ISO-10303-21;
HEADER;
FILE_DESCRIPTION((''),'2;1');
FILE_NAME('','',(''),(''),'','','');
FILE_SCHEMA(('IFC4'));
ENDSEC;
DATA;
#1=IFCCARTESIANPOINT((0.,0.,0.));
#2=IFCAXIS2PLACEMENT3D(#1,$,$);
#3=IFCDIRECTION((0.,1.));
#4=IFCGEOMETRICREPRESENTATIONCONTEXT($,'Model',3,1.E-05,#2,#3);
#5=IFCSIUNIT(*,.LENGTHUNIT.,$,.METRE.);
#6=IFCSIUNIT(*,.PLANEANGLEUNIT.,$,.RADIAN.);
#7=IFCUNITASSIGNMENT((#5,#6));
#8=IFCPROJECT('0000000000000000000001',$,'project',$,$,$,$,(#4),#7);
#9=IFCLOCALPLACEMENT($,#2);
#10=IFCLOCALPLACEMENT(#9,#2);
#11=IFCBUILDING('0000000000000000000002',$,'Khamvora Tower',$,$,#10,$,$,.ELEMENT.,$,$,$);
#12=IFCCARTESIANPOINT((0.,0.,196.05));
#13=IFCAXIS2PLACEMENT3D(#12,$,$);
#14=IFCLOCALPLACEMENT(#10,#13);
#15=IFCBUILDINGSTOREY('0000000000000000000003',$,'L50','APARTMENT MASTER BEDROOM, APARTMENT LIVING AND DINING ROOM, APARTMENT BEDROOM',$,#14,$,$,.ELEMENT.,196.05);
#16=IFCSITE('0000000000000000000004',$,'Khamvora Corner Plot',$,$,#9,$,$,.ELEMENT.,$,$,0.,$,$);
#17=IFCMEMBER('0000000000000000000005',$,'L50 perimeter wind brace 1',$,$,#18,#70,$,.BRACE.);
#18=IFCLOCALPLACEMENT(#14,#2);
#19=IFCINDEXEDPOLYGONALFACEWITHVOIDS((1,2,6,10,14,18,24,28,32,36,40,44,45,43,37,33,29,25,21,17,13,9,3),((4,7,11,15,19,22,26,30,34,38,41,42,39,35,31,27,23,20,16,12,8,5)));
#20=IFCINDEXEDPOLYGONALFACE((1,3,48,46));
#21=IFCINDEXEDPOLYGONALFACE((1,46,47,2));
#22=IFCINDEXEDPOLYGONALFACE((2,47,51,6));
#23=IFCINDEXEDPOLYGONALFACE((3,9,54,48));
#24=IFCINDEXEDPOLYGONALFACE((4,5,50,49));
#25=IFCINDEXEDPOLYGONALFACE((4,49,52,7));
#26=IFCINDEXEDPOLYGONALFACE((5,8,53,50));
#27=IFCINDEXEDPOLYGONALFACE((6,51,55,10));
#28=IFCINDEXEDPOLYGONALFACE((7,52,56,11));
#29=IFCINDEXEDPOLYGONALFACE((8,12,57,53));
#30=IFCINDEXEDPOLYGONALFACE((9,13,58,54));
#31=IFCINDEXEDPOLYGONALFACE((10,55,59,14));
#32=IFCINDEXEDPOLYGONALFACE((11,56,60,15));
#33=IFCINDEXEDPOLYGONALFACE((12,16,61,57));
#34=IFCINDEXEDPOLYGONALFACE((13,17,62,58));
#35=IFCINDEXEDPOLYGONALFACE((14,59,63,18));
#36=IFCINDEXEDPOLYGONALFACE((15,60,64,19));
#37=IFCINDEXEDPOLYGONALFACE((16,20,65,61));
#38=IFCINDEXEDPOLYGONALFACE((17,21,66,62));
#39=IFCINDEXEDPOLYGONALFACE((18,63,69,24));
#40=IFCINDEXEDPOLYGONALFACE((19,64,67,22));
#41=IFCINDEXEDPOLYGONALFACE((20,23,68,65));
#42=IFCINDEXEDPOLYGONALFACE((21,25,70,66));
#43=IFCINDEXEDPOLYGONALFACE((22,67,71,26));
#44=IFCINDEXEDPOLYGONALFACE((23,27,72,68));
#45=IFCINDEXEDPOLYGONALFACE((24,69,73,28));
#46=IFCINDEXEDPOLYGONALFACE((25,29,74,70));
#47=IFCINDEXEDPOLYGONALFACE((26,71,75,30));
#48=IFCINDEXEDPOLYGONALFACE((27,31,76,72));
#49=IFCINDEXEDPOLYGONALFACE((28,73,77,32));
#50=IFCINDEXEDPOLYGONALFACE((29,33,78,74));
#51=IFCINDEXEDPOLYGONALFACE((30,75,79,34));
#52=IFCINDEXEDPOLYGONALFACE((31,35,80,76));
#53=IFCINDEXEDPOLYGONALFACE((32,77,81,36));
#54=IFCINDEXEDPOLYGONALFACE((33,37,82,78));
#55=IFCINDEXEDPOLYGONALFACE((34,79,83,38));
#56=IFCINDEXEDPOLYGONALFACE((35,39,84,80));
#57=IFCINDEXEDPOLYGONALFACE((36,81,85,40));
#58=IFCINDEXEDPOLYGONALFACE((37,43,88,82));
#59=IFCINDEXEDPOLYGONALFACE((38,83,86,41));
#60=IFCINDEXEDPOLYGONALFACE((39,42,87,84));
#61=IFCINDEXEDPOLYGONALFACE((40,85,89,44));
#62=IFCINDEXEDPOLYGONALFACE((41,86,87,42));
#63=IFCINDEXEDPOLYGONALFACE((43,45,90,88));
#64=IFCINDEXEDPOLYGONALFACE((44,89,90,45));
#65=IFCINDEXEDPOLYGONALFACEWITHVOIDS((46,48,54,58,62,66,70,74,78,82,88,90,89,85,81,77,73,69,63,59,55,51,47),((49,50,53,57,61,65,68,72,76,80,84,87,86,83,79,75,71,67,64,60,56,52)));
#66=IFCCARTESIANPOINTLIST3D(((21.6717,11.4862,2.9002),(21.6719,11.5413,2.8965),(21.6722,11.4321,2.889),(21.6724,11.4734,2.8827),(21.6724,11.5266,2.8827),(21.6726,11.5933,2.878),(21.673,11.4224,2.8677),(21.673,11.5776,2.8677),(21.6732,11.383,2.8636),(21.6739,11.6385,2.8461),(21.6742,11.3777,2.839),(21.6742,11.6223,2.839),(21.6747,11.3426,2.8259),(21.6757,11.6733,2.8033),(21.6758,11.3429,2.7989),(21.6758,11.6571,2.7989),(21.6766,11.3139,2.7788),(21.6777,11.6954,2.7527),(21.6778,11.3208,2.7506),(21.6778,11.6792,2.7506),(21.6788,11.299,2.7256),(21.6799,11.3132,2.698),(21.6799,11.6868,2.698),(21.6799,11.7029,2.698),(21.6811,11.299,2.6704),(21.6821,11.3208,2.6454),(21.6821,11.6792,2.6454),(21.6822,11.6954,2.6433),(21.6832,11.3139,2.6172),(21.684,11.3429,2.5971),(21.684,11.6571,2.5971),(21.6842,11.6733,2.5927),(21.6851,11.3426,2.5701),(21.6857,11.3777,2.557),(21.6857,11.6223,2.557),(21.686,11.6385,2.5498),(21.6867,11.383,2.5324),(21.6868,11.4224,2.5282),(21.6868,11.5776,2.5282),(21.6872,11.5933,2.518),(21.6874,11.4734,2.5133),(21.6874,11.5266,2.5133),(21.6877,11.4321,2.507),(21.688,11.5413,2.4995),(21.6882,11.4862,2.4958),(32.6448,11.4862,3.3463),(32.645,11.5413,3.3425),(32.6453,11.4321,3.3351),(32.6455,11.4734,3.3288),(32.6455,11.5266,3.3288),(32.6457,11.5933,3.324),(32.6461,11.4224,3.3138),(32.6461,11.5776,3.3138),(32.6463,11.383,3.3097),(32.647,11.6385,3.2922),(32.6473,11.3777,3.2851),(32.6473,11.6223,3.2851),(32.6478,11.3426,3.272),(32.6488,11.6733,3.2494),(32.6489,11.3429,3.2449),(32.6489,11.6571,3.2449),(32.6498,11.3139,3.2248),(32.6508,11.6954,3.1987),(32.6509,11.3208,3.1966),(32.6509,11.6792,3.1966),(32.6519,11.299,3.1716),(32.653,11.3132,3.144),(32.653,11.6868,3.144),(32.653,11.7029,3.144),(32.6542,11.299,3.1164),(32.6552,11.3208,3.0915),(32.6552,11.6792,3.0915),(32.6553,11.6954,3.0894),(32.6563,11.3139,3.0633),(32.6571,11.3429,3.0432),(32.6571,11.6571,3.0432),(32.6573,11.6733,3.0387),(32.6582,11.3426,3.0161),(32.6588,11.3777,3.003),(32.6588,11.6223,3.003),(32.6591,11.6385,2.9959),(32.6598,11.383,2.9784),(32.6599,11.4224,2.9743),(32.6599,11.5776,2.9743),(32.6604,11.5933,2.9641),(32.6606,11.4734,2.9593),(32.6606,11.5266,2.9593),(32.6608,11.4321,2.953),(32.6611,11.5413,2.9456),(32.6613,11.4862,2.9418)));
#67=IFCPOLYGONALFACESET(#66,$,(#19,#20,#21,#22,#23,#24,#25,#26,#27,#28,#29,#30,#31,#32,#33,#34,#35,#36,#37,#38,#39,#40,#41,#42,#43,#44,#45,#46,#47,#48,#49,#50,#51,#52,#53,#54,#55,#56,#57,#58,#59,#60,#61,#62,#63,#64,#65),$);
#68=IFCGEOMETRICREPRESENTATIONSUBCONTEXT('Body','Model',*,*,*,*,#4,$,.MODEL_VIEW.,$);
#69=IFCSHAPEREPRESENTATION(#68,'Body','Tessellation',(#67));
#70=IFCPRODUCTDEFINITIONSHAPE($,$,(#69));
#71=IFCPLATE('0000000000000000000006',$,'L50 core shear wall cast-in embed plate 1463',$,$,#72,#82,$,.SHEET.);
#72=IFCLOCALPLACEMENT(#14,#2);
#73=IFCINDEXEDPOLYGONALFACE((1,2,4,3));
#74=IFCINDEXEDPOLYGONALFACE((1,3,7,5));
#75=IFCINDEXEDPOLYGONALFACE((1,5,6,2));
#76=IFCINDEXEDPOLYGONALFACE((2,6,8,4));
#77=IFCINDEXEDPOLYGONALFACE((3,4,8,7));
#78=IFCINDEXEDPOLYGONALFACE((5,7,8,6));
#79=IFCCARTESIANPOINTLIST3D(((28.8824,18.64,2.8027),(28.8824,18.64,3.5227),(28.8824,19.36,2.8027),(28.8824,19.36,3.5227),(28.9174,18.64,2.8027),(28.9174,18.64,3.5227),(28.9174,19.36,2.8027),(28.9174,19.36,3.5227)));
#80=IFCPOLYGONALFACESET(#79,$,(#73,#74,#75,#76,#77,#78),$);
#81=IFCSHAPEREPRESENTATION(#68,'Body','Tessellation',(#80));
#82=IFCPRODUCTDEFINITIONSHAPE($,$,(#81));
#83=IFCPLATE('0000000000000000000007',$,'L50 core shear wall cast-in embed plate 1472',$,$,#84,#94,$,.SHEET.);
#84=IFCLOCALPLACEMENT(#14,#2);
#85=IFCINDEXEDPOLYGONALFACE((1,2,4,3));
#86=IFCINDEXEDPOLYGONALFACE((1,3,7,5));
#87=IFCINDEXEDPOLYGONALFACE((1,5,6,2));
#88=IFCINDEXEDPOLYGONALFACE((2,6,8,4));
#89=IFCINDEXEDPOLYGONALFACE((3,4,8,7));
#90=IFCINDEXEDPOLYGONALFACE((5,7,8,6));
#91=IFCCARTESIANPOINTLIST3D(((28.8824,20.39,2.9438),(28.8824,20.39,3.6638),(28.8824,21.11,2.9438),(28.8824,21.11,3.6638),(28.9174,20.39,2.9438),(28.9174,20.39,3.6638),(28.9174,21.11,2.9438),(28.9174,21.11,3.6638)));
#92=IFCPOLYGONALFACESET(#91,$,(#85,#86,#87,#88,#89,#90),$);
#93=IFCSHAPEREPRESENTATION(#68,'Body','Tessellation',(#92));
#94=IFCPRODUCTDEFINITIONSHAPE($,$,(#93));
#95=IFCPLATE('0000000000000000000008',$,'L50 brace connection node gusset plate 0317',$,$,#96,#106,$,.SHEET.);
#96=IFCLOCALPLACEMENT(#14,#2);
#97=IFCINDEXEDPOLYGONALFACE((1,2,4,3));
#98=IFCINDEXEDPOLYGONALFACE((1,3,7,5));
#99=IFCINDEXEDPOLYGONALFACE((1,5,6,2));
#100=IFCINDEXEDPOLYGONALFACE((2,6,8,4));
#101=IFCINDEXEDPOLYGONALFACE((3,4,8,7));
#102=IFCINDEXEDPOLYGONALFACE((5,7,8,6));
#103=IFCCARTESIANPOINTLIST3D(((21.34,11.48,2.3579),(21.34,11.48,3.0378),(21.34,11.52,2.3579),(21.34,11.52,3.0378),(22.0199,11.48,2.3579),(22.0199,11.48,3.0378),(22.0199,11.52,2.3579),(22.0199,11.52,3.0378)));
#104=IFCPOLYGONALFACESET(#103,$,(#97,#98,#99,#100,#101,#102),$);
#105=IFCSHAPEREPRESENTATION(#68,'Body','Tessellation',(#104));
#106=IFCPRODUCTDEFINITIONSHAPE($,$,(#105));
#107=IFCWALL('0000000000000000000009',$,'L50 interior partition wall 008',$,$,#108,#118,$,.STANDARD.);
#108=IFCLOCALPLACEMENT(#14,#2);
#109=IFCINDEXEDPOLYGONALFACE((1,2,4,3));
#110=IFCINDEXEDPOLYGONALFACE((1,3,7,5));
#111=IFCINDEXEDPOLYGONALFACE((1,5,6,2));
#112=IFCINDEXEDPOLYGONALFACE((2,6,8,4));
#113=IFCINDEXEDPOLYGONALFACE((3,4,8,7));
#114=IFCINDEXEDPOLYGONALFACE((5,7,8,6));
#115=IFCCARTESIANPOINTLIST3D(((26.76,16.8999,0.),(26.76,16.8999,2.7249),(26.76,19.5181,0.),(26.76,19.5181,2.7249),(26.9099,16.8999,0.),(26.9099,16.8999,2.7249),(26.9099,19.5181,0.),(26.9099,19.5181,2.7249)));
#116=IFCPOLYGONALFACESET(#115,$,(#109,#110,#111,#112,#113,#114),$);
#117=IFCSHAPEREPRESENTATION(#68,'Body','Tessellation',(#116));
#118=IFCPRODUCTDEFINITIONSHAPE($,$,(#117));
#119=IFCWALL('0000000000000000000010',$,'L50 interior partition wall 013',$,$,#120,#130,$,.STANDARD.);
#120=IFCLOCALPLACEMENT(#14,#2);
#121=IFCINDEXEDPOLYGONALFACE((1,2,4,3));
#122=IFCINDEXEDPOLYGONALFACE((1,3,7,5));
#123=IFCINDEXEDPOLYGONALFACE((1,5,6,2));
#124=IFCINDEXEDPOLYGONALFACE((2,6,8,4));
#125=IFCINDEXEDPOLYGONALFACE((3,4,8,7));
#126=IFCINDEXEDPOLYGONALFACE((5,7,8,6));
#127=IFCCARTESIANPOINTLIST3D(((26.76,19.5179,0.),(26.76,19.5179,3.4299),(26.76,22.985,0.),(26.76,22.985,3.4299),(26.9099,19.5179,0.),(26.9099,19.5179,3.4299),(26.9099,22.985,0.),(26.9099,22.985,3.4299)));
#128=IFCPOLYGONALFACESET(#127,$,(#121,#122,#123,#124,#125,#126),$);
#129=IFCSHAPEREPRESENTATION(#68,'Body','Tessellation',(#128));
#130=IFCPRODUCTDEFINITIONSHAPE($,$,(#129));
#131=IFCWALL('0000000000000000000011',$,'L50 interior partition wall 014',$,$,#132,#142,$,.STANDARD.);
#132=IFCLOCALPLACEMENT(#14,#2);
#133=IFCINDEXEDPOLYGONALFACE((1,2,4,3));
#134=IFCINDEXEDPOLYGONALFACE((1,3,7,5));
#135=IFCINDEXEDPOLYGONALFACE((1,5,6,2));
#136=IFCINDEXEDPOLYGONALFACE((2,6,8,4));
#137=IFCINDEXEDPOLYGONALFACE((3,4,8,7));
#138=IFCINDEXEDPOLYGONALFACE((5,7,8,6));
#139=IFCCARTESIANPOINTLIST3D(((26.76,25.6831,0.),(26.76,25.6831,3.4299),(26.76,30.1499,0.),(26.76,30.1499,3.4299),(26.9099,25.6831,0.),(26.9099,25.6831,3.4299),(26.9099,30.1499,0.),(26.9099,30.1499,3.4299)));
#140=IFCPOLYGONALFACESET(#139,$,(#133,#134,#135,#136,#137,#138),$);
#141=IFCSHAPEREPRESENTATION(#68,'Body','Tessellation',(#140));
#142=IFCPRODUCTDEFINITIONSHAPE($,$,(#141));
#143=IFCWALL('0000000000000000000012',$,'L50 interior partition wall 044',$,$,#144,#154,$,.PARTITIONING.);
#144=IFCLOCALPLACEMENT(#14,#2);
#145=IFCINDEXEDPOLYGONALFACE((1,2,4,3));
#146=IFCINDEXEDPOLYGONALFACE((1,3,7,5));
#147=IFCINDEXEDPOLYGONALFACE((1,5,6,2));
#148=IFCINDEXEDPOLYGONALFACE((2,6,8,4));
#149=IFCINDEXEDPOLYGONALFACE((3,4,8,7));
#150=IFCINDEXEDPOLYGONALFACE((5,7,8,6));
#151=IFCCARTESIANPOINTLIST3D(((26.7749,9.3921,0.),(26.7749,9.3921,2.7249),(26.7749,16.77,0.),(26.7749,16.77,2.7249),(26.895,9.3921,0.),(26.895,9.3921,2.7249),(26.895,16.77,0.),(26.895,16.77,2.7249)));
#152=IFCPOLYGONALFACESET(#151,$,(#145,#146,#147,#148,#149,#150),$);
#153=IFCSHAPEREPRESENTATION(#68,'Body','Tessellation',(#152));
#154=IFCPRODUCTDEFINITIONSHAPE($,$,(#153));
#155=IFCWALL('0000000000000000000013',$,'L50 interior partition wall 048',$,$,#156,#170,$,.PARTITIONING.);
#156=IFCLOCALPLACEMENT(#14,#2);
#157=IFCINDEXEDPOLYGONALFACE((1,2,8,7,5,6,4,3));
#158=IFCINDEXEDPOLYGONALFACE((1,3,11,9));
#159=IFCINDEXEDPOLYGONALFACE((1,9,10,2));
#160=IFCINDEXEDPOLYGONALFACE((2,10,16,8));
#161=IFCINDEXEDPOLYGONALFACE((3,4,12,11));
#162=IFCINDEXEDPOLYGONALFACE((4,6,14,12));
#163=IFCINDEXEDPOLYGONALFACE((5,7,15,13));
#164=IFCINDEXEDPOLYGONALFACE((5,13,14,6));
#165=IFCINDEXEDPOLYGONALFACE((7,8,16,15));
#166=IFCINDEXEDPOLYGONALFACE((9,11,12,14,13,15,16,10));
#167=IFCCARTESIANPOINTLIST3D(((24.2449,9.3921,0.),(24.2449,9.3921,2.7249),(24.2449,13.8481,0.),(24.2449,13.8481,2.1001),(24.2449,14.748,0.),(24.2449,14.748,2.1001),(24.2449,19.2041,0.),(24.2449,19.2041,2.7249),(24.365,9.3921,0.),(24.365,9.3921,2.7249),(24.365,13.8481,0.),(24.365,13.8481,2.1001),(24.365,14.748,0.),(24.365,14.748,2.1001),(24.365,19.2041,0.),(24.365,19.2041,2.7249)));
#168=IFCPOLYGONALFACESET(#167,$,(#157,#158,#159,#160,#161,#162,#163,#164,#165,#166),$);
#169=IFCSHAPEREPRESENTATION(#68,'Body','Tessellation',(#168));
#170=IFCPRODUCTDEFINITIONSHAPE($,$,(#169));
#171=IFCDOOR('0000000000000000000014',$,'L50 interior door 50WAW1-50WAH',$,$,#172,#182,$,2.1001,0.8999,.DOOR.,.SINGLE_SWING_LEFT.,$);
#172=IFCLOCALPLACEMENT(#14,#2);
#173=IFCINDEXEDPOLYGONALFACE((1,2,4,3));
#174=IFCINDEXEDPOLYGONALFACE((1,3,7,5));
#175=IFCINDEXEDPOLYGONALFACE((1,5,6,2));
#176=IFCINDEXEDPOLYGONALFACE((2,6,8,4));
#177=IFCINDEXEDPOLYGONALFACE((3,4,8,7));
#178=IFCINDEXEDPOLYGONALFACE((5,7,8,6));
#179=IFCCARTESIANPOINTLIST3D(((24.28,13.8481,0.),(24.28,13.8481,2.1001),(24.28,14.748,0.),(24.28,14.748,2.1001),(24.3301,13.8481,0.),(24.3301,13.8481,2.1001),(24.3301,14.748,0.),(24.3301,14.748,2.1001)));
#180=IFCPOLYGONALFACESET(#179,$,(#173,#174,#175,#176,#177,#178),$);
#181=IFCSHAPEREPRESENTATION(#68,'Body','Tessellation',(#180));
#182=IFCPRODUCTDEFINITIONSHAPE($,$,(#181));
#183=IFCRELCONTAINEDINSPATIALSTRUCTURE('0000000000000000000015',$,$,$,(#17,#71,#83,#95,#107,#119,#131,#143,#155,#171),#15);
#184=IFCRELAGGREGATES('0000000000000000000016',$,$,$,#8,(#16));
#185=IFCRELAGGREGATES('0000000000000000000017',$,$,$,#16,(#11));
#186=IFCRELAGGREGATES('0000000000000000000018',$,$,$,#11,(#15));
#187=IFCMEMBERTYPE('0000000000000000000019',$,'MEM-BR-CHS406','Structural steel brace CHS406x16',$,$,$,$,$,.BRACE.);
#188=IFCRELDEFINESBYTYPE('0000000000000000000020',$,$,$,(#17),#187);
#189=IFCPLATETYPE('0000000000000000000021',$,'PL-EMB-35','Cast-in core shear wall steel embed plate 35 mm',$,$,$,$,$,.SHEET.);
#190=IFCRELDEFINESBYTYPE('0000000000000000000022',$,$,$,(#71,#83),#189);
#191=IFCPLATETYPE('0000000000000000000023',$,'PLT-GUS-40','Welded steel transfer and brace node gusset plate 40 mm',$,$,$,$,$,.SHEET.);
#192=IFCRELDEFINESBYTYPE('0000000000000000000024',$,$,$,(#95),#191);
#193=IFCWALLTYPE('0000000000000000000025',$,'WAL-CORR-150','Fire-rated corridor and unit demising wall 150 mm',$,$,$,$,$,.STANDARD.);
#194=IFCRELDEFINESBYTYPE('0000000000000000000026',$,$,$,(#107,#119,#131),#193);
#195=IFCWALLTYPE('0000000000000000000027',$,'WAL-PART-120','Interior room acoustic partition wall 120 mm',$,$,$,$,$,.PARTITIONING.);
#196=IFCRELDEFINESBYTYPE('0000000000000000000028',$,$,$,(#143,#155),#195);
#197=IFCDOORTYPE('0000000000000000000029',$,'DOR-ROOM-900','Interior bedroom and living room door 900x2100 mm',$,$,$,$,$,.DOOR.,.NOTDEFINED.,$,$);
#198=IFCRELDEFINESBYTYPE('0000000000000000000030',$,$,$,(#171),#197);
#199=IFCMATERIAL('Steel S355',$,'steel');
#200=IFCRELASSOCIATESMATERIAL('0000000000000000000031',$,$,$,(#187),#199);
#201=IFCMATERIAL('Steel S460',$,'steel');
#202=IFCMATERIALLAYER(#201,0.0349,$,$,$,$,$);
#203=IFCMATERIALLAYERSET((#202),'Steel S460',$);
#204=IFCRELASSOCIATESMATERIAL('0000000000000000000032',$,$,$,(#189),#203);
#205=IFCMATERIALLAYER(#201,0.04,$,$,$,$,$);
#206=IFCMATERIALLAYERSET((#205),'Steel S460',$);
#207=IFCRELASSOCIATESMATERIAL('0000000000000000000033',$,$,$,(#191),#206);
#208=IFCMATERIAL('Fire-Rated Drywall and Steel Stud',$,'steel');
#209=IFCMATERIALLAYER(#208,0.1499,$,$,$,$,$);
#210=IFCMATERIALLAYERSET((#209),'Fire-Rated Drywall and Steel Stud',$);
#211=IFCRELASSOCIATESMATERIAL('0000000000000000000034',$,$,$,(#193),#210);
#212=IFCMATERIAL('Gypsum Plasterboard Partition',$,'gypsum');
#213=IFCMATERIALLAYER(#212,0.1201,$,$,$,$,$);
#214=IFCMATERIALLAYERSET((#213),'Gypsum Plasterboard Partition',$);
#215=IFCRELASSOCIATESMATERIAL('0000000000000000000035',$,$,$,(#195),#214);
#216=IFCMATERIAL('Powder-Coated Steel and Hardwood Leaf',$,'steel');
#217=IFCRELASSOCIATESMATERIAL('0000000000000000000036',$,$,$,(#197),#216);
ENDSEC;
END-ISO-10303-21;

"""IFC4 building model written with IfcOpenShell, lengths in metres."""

from ifc_helpers import new_model, si_unit, direction, frame, frame_2d, origin, origin_2d, place, context, subcontext, project, spatial, rectangle, hollow_circle, extrude, material, layer, layer_set, material_profile, profile_set, type_object, element, fill, save


model = new_model("IFC4")

# Units and contexts
model_context = context("Model", 3, precision=1e-05, world=origin(), true_north=direction((0.0, 1.0)))
body_context = subcontext(model_context, "Body", "Model", "MODEL_VIEW")
ifc_project = project(units=[si_unit("LENGTHUNIT", "METRE"), si_unit("PLANEANGLEUNIT", "RADIAN")], contexts=[model_context])

# Site, building, storey
site_placement = place(None, origin())
site = spatial("IfcSite", under=ifc_project, at=site_placement, Name="Khamvora Corner Plot", CompositionType="ELEMENT", RefElevation=0.0)
building_placement = place(site_placement, origin())
building = spatial("IfcBuilding", under=site, at=building_placement, Name="Khamvora Tower", CompositionType="ELEMENT")
storey_placement = place(building_placement, frame((0.0, 0.0, 196.05)))
storey = spatial("IfcBuildingStorey", under=building, at=storey_placement, Name="L50", Description="APARTMENT MASTER BEDROOM, APARTMENT LIVING AND DINING ROOM, APARTMENT BEDROOM", CompositionType="ELEMENT", Elevation=196.05)

# Shared definitions
ifc_material_1 = material(Name="Steel S355", Category="steel")

# Member
ifc_material_profile_1 = material_profile(ifc_material_1, hollow_circle(Radius=0.2029, WallThickness=0.0161, at=origin_2d()), Name="CHS406x16")
ifc_profile_set_1 = profile_set([ifc_material_profile_1], Name="Steel S355")
member_type = type_object("IfcMemberType", Name="MEM-BR-CHS406", Description="Structural steel brace CHS406x16", PredefinedType="BRACE", material=ifc_profile_set_1)
member_placement = place(storey_placement, frame((21.6799, 11.5, 2.698), z_axis=(0.999175, 0.0, 0.040615), x_axis=(0.0, 1.0, 0.0)))
element("IfcMember", 1, at=member_placement, inside=storey, type_object=member_type, Name="L50 perimeter wind brace 1", PredefinedType="BRACE", context=body_context, shape_type="SweptSolid", body=[
    extrude(hollow_circle(Radius=0.2029, WallThickness=0.0161, at=origin_2d()), origin(), (0.0, 0.0, 1.0), 10.9822),
])

# Plates
ifc_material_2 = material(Name="Steel S460", Category="steel")
ifc_layer_1 = layer(ifc_material_2, 0.0349)
ifc_layer_set_1 = layer_set([ifc_layer_1], Name="Steel S460")
plate_type_1 = type_object("IfcPlateType", Name="PL-EMB-35", Description="Cast-in core shear wall steel embed plate 35 mm", PredefinedType="SHEET", material=ifc_layer_set_1)
for number, where, z_axis, x_axis, name in (
    (2, (28.8999, 19.0, 2.8027), (0.0, 0.0, 1.0), (1.0, 0.0, 0.0), "L50 core shear wall cast-in embed plate 1463"),
    (3, (28.8999, 20.75, 2.9438), (0.0, 0.0, 1.0), (1.0, 0.0, 0.0), "L50 core shear wall cast-in embed plate 1472"),
):
    element("IfcPlate", number, at=place(storey_placement, frame(where, z_axis=z_axis, x_axis=x_axis)), inside=storey, type_object=plate_type_1, Name=name, PredefinedType="SHEET", context=body_context, shape_type="SweptSolid", body=[
        extrude(rectangle(XDim=0.0349, YDim=0.72, at=origin_2d()), origin(), (0.0, 0.0, 1.0), 0.72),
    ])
ifc_layer_2 = layer(ifc_material_2, 0.04)
ifc_layer_set_2 = layer_set([ifc_layer_2], Name="Steel S460")
plate_type_2 = type_object("IfcPlateType", Name="PLT-GUS-40", Description="Welded steel transfer and brace node gusset plate 40 mm", PredefinedType="SHEET", material=ifc_layer_set_2)
plate_placement = place(storey_placement, frame((21.6799, 11.5, 2.3579), z_axis=(0.0, 0.0, 1.0), x_axis=(1.0, 0.0, 0.0)))
element("IfcPlate", 4, at=plate_placement, inside=storey, type_object=plate_type_2, Name="L50 brace connection node gusset plate 0317", PredefinedType="SHEET", context=body_context, shape_type="SweptSolid", body=[
    extrude(rectangle(XDim=0.6799, YDim=0.04, at=origin_2d()), origin(), (0.0, 0.0, 1.0), 0.6799),
])

# Wall
ifc_material_3 = material(Name="Fire-Rated Drywall and Steel Stud", Category="steel")
ifc_layer_3 = layer(ifc_material_3, 0.1499)
ifc_layer_set_3 = layer_set([ifc_layer_3], Name="Fire-Rated Drywall and Steel Stud")
wall_type_1 = type_object("IfcWallType", Name="WAL-CORR-150", Description="Fire-rated corridor and unit demising wall 150 mm", PredefinedType="STANDARD", material=ifc_layer_set_3)
wall_1_placement = place(storey_placement, frame((26.835, 16.8999, 0.0), z_axis=(0.0, 0.0, 1.0), x_axis=(0.0, 1.0, 0.0)))
element("IfcWall", 5, at=wall_1_placement, inside=storey, type_object=wall_type_1, Name="L50 interior partition wall 008", PredefinedType="STANDARD", context=body_context, shape_type="SweptSolid", body=[
    extrude(rectangle(XDim=2.6182, YDim=0.1499, at=frame_2d((1.3091, 0.0))), origin(), (0.0, 0.0, 1.0), 2.7249),
])

# Shared definitions
ifc_material_4 = material(Name="Powder-Coated Steel and Hardwood Leaf", Category="steel")

# Walls
wall_2_placement = place(storey_placement, frame((26.835, 19.5181, 0.0), z_axis=(0.0, 0.0, 1.0), x_axis=(0.0, 1.0, 0.0)))
element("IfcWall", 6, at=wall_2_placement, inside=storey, type_object=wall_type_1, Name="L50 interior partition wall 013", PredefinedType="STANDARD", context=body_context, shape_type="SweptSolid", body=[
    extrude(rectangle(XDim=3.467, YDim=0.1499, at=frame_2d((1.7334, 0.0))), origin(), (0.0, 0.0, 1.0), 3.4299),
])
wall_3_placement = place(storey_placement, frame((26.835, 25.6831, 0.0), z_axis=(0.0, 0.0, 1.0), x_axis=(0.0, 1.0, 0.0)))
element("IfcWall", 7, at=wall_3_placement, inside=storey, type_object=wall_type_1, Name="L50 interior partition wall 014", PredefinedType="STANDARD", context=body_context, shape_type="SweptSolid", body=[
    extrude(rectangle(XDim=4.4668, YDim=0.1499, at=frame_2d((2.2334, 0.0))), origin(), (0.0, 0.0, 1.0), 3.4299),
])
ifc_material_5 = material(Name="Gypsum Plasterboard Partition", Category="gypsum")
ifc_layer_4 = layer(ifc_material_5, 0.1201)
ifc_layer_set_4 = layer_set([ifc_layer_4], Name="Gypsum Plasterboard Partition")
wall_type_2 = type_object("IfcWallType", Name="WAL-PART-120", Description="Interior room acoustic partition wall 120 mm", PredefinedType="PARTITIONING", material=ifc_layer_set_4)
wall_4_placement = place(storey_placement, frame((26.835, 9.3921, 0.0), z_axis=(0.0, 0.0, 1.0), x_axis=(0.0, 1.0, 0.0)))
element("IfcWall", 8, at=wall_4_placement, inside=storey, type_object=wall_type_2, Name="L50 interior partition wall 044", PredefinedType="PARTITIONING", context=body_context, shape_type="SweptSolid", body=[
    extrude(rectangle(XDim=7.3779, YDim=0.1201, at=frame_2d((3.689, 0.0))), origin(), (0.0, 0.0, 1.0), 2.7249),
])

# Wall, opening, door
wall_5_placement = place(storey_placement, frame((24.3049, 9.3921, 0.0), z_axis=(0.0, 0.0, 1.0), x_axis=(0.0, 1.0, 0.0)))
wall_5 = element("IfcWall", 9, at=wall_5_placement, inside=storey, type_object=wall_type_2, Name="L50 interior partition wall 048", PredefinedType="PARTITIONING", context=body_context, shape_type="SweptSolid", body=[
    extrude(rectangle(XDim=9.812, YDim=0.1201, at=frame_2d((4.906, 0.0))), origin(), (0.0, 0.0, 1.0), 2.7249),
])
opening_1_placement = place(wall_5_placement, frame((4.4561, 0.0, 0.0)))
opening_1 = element("IfcOpeningElement", 10, at=opening_1_placement, cuts=wall_5, PredefinedType="OPENING", context=body_context, shape_type="SweptSolid", body=[
    extrude(rectangle(XDim=0.8999, YDim=2.1001, at=frame_2d((0.45, 1.05))), frame((0.0, 0.0701, 0.0), z_axis=(0.0, -1.0, 0.0), x_axis=(1.0, 0.0, 0.0)), (0.0, 0.0, 1.0), 0.1401),
])
door_type_1 = type_object("IfcDoorType", Name="DOR-ROOM-900", Description="Interior bedroom and living room door 900x2100 mm", OperationType="NOTDEFINED", PredefinedType="DOOR", material=ifc_material_4)
door_1_placement = place(opening_1_placement, origin())
door_1 = element("IfcDoor", 11, at=door_1_placement, inside=storey, type_object=door_type_1, Name="L50 interior door 50WAW1-50WAH", OperationType="SINGLE_SWING_LEFT", OverallHeight=2.1001, OverallWidth=0.8999, PredefinedType="DOOR", context=body_context, shape_type="SweptSolid", body=[
    extrude(rectangle(XDim=0.8999, YDim=2.1001, at=frame_2d((0.45, 1.05))), frame((0.0, 0.0249, 0.0), z_axis=(0.0, -1.0, 0.0), x_axis=(1.0, 0.0, 0.0)), (0.0, 0.0, 1.0), 0.05),
])
fill(opening_1, door_1)

save(model, "model.ifc")
